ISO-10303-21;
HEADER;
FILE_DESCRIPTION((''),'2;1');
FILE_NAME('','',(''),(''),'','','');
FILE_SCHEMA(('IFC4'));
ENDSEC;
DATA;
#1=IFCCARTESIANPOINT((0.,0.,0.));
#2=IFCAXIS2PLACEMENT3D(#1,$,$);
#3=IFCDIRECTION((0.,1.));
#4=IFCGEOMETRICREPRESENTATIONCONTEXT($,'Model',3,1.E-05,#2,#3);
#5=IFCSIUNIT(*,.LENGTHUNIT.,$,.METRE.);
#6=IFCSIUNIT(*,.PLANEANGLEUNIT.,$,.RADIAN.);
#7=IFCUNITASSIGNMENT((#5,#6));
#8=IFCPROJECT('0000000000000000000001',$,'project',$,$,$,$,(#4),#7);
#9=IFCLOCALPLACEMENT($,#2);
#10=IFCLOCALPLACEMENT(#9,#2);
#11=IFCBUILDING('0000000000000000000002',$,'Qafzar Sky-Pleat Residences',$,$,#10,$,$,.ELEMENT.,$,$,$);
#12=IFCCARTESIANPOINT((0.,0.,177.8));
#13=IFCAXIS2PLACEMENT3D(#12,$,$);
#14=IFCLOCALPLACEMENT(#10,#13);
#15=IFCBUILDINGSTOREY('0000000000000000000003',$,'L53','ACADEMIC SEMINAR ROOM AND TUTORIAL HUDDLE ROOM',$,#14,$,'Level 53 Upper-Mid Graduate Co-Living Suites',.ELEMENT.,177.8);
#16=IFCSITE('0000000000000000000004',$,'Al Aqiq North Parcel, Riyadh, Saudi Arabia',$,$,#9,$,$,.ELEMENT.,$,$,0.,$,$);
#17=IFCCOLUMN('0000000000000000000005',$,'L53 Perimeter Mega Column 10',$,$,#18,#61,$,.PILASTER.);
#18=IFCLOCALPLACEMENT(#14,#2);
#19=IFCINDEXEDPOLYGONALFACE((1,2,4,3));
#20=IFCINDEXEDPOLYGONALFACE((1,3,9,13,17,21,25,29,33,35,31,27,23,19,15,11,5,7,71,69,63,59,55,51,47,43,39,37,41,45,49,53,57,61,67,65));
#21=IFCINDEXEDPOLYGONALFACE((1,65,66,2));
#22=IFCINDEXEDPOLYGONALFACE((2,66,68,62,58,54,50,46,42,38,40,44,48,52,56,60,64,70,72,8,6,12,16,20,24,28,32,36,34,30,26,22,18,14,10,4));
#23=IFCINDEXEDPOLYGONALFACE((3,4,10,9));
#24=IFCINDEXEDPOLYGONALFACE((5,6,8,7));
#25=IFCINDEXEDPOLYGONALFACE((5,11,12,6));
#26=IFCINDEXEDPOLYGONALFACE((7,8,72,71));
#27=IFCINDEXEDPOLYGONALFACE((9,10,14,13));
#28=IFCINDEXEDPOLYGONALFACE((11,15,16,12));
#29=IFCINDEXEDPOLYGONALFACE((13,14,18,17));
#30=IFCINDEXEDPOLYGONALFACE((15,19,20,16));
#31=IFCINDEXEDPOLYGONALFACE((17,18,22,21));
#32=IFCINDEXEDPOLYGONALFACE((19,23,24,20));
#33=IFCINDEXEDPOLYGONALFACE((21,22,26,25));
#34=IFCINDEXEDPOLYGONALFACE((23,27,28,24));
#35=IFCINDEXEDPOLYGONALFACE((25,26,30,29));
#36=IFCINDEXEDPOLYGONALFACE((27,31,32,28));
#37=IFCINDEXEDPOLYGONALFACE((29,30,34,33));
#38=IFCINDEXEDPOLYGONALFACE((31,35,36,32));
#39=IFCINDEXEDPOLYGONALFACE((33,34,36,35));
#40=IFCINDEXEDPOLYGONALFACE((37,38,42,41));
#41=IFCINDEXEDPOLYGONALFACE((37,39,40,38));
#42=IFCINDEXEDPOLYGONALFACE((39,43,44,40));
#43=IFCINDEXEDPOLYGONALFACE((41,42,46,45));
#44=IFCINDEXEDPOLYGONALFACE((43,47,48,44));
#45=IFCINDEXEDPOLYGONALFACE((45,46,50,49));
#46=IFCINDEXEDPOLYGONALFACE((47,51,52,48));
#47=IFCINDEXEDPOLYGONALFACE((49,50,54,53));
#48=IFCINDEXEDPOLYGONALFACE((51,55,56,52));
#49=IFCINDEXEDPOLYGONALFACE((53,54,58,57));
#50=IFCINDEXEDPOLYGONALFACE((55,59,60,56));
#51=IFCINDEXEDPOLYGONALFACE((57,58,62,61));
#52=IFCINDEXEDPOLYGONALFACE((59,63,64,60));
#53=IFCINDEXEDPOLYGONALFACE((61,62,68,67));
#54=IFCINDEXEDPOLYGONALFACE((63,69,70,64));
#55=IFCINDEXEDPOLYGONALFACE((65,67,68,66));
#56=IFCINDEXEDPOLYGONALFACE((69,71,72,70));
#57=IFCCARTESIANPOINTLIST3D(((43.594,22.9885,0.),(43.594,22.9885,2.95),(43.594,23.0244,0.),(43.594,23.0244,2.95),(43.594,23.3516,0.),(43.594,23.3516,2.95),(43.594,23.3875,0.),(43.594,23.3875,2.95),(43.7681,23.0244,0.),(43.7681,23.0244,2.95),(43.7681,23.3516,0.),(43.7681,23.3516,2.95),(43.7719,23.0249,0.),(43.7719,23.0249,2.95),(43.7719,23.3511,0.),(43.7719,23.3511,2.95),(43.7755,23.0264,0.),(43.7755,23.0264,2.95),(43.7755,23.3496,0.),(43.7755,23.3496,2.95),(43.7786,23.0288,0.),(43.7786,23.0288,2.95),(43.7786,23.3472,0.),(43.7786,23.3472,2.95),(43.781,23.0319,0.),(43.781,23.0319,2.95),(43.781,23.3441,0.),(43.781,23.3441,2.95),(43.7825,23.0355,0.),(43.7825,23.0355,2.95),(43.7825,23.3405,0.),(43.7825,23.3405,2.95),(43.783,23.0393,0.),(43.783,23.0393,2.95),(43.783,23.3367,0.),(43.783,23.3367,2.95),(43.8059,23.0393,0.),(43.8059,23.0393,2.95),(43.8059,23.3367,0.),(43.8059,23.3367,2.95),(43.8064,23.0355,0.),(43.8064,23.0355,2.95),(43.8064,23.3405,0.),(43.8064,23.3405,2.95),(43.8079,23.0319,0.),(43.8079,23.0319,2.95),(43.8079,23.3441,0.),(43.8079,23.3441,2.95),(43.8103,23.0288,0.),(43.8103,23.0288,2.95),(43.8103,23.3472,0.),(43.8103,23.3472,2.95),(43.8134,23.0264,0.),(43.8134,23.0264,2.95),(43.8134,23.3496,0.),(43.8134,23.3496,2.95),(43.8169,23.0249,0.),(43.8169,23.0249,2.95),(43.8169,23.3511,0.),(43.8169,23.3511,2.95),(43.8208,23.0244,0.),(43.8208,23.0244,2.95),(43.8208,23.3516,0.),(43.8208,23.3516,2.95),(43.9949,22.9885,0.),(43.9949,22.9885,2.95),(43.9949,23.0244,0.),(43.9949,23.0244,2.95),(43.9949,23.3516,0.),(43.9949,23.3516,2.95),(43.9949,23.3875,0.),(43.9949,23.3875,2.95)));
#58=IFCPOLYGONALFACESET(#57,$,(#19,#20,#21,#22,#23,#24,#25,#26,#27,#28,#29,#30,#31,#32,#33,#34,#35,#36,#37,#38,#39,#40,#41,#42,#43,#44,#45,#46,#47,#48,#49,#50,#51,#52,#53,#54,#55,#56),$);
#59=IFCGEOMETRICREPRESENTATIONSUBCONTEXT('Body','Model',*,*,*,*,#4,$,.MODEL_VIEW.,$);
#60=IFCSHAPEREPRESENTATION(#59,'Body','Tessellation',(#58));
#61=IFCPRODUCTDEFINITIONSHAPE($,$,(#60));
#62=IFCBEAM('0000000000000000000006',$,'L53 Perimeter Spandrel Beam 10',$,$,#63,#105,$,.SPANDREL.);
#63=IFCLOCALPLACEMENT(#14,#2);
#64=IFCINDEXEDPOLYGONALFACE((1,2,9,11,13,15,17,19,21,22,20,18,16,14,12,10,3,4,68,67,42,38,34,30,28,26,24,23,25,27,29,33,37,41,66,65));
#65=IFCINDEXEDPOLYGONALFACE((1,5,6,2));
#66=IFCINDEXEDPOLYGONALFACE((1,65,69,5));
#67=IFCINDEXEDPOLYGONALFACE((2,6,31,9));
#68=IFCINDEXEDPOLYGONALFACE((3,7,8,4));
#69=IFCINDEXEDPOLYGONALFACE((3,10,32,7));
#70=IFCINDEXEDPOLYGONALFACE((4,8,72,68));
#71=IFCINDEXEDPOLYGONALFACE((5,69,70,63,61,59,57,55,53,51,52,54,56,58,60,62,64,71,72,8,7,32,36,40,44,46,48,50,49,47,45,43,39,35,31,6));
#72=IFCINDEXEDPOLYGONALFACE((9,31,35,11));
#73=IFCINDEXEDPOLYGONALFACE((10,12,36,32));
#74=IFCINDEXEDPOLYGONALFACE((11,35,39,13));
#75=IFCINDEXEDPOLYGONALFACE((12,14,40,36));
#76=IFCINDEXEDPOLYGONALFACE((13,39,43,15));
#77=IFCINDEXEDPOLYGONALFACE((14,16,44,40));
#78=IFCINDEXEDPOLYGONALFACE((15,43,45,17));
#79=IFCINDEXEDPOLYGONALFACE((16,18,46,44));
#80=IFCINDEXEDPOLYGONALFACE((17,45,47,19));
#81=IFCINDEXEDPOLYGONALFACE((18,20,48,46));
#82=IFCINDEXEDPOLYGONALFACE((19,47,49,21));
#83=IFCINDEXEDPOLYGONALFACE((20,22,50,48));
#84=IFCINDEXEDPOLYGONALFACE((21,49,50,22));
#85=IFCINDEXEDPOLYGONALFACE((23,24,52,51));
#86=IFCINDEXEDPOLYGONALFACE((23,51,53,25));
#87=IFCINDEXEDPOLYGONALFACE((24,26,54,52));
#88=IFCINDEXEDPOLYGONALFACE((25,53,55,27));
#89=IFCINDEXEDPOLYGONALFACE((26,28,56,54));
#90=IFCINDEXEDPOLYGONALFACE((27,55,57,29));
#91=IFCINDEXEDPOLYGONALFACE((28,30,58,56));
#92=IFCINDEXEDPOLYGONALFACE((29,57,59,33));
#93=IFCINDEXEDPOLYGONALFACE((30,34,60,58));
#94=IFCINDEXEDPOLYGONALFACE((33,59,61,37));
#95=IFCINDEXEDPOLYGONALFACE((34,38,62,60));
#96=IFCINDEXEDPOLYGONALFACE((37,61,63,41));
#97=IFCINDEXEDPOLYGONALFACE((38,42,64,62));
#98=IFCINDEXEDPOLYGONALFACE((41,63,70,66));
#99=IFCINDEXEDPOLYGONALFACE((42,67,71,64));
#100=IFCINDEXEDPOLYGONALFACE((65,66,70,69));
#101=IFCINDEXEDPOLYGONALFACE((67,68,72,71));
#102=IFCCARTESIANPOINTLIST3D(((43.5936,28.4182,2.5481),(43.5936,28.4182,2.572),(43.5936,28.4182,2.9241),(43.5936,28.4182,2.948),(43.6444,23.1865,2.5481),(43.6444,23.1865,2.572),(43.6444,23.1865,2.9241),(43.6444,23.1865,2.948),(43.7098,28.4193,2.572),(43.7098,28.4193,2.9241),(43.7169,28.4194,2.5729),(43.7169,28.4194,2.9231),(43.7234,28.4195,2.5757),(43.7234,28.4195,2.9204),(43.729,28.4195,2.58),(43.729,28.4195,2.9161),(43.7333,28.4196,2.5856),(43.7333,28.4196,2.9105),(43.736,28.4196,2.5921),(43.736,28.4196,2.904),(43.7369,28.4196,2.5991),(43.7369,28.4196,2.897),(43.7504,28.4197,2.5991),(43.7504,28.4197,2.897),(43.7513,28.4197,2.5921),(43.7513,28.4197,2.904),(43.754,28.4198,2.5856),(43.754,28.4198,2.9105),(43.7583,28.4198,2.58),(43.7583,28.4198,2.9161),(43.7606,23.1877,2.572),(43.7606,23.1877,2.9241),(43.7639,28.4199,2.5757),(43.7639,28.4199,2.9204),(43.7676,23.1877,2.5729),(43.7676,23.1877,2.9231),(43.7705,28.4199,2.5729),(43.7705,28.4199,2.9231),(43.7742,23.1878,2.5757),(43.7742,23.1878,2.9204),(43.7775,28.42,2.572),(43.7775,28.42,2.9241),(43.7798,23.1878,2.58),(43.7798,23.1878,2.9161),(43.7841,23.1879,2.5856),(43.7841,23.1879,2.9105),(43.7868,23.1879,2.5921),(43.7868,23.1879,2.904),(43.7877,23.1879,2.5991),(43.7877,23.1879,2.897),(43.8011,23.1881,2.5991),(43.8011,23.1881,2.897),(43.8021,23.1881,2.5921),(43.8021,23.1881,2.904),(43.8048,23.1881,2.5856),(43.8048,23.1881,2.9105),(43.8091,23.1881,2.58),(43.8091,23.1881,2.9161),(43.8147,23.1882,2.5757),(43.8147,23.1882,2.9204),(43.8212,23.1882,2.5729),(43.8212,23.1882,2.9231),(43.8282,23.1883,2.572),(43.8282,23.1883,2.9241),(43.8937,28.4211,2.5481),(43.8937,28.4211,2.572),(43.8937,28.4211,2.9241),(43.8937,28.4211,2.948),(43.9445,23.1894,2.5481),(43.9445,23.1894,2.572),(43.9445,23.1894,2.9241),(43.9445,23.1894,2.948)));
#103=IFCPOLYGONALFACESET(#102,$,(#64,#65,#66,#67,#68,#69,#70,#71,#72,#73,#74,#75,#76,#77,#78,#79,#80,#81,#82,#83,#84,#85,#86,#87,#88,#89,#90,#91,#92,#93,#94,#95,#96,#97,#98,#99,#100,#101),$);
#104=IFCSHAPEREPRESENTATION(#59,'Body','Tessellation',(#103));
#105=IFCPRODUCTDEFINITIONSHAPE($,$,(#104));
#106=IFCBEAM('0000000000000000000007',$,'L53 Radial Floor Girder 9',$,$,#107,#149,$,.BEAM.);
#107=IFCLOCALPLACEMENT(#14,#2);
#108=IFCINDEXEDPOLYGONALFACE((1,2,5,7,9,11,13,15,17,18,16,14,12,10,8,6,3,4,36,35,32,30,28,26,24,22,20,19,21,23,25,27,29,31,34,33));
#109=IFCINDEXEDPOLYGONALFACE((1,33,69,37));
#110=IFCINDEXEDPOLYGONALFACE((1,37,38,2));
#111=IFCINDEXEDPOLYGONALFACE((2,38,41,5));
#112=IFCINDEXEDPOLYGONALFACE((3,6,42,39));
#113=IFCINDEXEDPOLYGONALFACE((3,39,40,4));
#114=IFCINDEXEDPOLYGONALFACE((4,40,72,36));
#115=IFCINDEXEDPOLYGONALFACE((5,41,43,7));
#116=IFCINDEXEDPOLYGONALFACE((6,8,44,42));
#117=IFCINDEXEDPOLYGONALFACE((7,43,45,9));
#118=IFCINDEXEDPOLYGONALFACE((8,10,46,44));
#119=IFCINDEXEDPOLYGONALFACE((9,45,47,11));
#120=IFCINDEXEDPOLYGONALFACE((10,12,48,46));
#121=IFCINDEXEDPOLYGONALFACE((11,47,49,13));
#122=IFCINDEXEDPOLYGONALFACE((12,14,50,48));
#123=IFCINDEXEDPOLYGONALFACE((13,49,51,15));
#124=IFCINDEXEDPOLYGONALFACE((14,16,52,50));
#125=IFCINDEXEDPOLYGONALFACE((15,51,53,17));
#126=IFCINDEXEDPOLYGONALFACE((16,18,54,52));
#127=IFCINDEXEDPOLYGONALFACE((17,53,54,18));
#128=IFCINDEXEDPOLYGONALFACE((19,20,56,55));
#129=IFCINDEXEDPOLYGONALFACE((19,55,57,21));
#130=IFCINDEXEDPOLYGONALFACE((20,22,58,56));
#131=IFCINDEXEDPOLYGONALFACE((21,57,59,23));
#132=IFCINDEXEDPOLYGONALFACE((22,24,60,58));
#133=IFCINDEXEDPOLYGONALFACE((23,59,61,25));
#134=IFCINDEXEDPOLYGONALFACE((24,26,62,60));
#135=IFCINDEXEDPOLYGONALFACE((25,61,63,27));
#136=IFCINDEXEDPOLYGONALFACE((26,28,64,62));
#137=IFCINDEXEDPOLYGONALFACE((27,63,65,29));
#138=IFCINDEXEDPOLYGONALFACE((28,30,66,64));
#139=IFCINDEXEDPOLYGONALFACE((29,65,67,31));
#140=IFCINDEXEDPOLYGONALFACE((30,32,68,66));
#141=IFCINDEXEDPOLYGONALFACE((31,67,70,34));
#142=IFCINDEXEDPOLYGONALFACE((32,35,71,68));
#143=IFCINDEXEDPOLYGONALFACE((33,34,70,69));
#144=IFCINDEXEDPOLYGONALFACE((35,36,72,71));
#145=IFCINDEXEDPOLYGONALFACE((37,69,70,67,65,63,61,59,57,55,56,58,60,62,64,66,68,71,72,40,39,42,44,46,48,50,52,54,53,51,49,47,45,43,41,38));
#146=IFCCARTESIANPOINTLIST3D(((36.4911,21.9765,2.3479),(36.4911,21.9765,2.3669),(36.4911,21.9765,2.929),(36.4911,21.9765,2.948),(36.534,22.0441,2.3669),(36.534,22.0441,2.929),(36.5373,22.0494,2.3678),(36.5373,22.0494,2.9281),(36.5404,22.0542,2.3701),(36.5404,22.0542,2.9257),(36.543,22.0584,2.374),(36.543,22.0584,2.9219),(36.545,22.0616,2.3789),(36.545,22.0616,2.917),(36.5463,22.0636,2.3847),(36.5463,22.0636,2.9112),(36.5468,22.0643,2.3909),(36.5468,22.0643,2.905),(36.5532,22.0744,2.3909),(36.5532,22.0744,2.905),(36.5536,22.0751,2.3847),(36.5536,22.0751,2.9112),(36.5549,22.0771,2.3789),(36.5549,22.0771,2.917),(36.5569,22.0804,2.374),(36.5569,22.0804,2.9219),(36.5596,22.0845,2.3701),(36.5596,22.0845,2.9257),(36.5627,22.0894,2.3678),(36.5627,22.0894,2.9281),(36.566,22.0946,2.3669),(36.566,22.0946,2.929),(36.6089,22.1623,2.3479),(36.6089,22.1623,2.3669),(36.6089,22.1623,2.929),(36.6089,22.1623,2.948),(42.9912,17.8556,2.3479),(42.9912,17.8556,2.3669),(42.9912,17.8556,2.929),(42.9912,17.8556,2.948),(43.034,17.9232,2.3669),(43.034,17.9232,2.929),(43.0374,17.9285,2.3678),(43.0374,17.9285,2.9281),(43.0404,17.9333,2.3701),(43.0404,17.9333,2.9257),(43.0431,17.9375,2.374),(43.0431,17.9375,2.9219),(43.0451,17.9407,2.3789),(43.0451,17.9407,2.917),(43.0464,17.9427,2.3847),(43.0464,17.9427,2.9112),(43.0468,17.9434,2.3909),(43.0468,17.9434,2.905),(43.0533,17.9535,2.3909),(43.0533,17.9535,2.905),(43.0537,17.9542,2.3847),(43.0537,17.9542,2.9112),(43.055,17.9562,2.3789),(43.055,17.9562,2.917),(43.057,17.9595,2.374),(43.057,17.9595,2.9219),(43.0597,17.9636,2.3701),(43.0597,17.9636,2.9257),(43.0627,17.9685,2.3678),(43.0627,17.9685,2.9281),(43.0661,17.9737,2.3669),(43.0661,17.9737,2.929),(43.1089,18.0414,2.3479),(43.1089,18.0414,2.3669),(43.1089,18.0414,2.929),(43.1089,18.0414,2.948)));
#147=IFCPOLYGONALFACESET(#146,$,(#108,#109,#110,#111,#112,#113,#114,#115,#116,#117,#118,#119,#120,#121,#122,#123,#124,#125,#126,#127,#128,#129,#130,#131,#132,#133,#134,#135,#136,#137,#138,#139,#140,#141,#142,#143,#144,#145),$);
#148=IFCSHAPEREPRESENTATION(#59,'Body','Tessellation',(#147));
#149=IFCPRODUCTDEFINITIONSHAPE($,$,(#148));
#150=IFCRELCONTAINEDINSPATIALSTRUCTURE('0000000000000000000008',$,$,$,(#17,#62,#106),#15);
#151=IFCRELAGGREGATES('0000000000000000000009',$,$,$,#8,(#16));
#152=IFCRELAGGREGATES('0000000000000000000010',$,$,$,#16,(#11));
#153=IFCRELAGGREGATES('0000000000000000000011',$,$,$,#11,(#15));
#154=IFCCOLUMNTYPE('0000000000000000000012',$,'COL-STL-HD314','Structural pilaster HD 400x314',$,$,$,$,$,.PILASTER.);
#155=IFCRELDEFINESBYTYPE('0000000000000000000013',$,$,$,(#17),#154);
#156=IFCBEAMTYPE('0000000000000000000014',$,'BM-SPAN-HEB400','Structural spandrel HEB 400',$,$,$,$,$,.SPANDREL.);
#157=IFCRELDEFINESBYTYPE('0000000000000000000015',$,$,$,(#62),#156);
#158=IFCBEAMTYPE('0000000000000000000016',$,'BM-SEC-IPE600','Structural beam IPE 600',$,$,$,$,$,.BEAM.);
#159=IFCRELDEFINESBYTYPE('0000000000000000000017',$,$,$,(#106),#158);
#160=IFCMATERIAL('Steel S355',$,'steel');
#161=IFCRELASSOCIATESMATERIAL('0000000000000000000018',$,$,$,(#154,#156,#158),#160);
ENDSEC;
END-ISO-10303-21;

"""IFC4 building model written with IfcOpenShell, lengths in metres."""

from ifc_helpers import new_model, si_unit, direction, frame, origin, origin_2d, place, context, subcontext, project, spatial, i_section, extrude, source, transform, mapped, material, material_profile, profile_set, type_object, element, save


model = new_model("IFC4")

# Units and contexts
model_context = context("Model", 3, precision=1e-05, world=origin(), true_north=direction((0.0, 1.0)))
body_context = subcontext(model_context, "Body", "Model", "MODEL_VIEW")
ifc_project = project(units=[si_unit("LENGTHUNIT", "METRE"), si_unit("PLANEANGLEUNIT", "RADIAN")], contexts=[model_context])

# Site, building, storey
site_placement = place(None, origin())
site = spatial("IfcSite", under=ifc_project, at=site_placement, Name="Al Aqiq North Parcel, Riyadh, Saudi Arabia", CompositionType="ELEMENT", RefElevation=0.0)
building_placement = place(site_placement, origin())
building = spatial("IfcBuilding", under=site, at=building_placement, Name="Qafzar Sky-Pleat Residences", CompositionType="ELEMENT")
storey_placement = place(building_placement, frame((0.0, 0.0, 177.8)))
storey = spatial("IfcBuildingStorey", under=building, at=storey_placement, Name="L53", Description="ACADEMIC SEMINAR ROOM AND TUTORIAL HUDDLE ROOM", LongName="Level 53 Upper-Mid Graduate Co-Living Suites", CompositionType="ELEMENT", Elevation=177.8)

# Column
ifc_material_1 = material(Name="Steel S355", Category="steel")
ifc_material_profile_1 = material_profile(ifc_material_1, i_section(OverallWidth=0.4009, OverallDepth=0.3989, WebThickness=0.0229, FlangeThickness=0.0359, FilletRadius=0.0149, at=origin_2d()), Name="HD 400x314")
ifc_profile_set_1 = profile_set([ifc_material_profile_1], Name="Steel S355")
column_type = type_object("IfcColumnType", Name="COL-STL-HD314", Description="Structural pilaster HD 400x314", PredefinedType="PILASTER", material=ifc_profile_set_1)
shared_shape_1 = source(origin(), body_context, "Body", "SweptSolid", [
    extrude(i_section(OverallWidth=0.4009, OverallDepth=0.3989, WebThickness=0.0229, FlangeThickness=0.0359, FilletRadius=0.0149, at=origin_2d()), origin(), (0.0, 0.0, 1.0), 2.95),
])
column_placement = place(storey_placement, frame((43.7944, 23.188, 0.0), z_axis=(0.0, 0.0, 1.0), x_axis=(1.0, 0.0, 0.0)))
element("IfcColumn", 1, at=column_placement, inside=storey, type_object=column_type, Name="L53 Perimeter Mega Column 10", PredefinedType="PILASTER", context=body_context, shape_type="MappedRepresentation", body=[
    mapped(shared_shape_1, transform((0.0, 0.0, 0.0), x_axis=(1.0, 0.0, 0.0), y_axis=(0.0, 1.0, 0.0), z_axis=(0.0, 0.0, 1.0), scale=1.0)),
])

# Beams
ifc_material_profile_2 = material_profile(ifc_material_1, i_section(OverallWidth=0.3, OverallDepth=0.3999, WebThickness=0.0134, FlangeThickness=0.0239, FilletRadius=0.0271, at=origin_2d()), Name="HEB 400")
ifc_profile_set_2 = profile_set([ifc_material_profile_2], Name="Steel S355")
beam_type_1 = type_object("IfcBeamType", Name="BM-SPAN-HEB400", Description="Structural spandrel HEB 400", PredefinedType="SPANDREL", material=ifc_profile_set_2)
shared_shape_2 = source(origin(), body_context, "Body", "SweptSolid", [
    extrude(i_section(OverallWidth=0.3, OverallDepth=0.3999, WebThickness=0.0134, FlangeThickness=0.0239, FilletRadius=0.0271, at=origin_2d()), origin(), (0.0, 0.0, 1.0), 5.2319),
])
beam_1_placement = place(storey_placement, frame((43.7944, 23.188, 2.748), z_axis=(-0.009706, 0.999953, 0.0), x_axis=(-0.999953, -0.009706, 0.0)))
element("IfcBeam", 2, at=beam_1_placement, inside=storey, type_object=beam_type_1, Name="L53 Perimeter Spandrel Beam 10", PredefinedType="SPANDREL", context=body_context, shape_type="MappedRepresentation", body=[
    mapped(shared_shape_2, transform((0.0, 0.0, 0.0), x_axis=(1.0, 0.0, 0.0), y_axis=(0.0, 1.0, 0.0), z_axis=(0.0, 0.0, 1.0), scale=1.0)),
])
ifc_material_profile_3 = material_profile(ifc_material_1, i_section(OverallWidth=0.22, OverallDepth=0.6001, WebThickness=0.012, FlangeThickness=0.019, FilletRadius=0.0239, at=origin_2d()), Name="IPE 600")
ifc_profile_set_3 = profile_set([ifc_material_profile_3], Name="Steel S355")
beam_type_2 = type_object("IfcBeamType", Name="BM-SEC-IPE600", Description="Structural beam IPE 600", PredefinedType="BEAM", material=ifc_profile_set_3)
shared_shape_3 = source(origin(), body_context, "Body", "SweptSolid", [
    extrude(i_section(OverallWidth=0.22, OverallDepth=0.6001, WebThickness=0.012, FlangeThickness=0.019, FilletRadius=0.0239, at=origin_2d()), origin(), (0.0, 0.0, 1.0), 7.6963),
])
beam_2_placement = place(storey_placement, frame((43.05, 17.9485, 2.6479), z_axis=(-0.844573, 0.53544, 0.0), x_axis=(-0.53544, -0.844573, 0.0)))
element("IfcBeam", 3, at=beam_2_placement, inside=storey, type_object=beam_type_2, Name="L53 Radial Floor Girder 9", PredefinedType="BEAM", context=body_context, shape_type="MappedRepresentation", body=[
    mapped(shared_shape_3, transform((0.0, 0.0, 0.0), x_axis=(1.0, 0.0, 0.0), y_axis=(0.0, 1.0, 0.0), z_axis=(0.0, 0.0, 1.0), scale=1.0)),
])

save(model, "model.ifc")
